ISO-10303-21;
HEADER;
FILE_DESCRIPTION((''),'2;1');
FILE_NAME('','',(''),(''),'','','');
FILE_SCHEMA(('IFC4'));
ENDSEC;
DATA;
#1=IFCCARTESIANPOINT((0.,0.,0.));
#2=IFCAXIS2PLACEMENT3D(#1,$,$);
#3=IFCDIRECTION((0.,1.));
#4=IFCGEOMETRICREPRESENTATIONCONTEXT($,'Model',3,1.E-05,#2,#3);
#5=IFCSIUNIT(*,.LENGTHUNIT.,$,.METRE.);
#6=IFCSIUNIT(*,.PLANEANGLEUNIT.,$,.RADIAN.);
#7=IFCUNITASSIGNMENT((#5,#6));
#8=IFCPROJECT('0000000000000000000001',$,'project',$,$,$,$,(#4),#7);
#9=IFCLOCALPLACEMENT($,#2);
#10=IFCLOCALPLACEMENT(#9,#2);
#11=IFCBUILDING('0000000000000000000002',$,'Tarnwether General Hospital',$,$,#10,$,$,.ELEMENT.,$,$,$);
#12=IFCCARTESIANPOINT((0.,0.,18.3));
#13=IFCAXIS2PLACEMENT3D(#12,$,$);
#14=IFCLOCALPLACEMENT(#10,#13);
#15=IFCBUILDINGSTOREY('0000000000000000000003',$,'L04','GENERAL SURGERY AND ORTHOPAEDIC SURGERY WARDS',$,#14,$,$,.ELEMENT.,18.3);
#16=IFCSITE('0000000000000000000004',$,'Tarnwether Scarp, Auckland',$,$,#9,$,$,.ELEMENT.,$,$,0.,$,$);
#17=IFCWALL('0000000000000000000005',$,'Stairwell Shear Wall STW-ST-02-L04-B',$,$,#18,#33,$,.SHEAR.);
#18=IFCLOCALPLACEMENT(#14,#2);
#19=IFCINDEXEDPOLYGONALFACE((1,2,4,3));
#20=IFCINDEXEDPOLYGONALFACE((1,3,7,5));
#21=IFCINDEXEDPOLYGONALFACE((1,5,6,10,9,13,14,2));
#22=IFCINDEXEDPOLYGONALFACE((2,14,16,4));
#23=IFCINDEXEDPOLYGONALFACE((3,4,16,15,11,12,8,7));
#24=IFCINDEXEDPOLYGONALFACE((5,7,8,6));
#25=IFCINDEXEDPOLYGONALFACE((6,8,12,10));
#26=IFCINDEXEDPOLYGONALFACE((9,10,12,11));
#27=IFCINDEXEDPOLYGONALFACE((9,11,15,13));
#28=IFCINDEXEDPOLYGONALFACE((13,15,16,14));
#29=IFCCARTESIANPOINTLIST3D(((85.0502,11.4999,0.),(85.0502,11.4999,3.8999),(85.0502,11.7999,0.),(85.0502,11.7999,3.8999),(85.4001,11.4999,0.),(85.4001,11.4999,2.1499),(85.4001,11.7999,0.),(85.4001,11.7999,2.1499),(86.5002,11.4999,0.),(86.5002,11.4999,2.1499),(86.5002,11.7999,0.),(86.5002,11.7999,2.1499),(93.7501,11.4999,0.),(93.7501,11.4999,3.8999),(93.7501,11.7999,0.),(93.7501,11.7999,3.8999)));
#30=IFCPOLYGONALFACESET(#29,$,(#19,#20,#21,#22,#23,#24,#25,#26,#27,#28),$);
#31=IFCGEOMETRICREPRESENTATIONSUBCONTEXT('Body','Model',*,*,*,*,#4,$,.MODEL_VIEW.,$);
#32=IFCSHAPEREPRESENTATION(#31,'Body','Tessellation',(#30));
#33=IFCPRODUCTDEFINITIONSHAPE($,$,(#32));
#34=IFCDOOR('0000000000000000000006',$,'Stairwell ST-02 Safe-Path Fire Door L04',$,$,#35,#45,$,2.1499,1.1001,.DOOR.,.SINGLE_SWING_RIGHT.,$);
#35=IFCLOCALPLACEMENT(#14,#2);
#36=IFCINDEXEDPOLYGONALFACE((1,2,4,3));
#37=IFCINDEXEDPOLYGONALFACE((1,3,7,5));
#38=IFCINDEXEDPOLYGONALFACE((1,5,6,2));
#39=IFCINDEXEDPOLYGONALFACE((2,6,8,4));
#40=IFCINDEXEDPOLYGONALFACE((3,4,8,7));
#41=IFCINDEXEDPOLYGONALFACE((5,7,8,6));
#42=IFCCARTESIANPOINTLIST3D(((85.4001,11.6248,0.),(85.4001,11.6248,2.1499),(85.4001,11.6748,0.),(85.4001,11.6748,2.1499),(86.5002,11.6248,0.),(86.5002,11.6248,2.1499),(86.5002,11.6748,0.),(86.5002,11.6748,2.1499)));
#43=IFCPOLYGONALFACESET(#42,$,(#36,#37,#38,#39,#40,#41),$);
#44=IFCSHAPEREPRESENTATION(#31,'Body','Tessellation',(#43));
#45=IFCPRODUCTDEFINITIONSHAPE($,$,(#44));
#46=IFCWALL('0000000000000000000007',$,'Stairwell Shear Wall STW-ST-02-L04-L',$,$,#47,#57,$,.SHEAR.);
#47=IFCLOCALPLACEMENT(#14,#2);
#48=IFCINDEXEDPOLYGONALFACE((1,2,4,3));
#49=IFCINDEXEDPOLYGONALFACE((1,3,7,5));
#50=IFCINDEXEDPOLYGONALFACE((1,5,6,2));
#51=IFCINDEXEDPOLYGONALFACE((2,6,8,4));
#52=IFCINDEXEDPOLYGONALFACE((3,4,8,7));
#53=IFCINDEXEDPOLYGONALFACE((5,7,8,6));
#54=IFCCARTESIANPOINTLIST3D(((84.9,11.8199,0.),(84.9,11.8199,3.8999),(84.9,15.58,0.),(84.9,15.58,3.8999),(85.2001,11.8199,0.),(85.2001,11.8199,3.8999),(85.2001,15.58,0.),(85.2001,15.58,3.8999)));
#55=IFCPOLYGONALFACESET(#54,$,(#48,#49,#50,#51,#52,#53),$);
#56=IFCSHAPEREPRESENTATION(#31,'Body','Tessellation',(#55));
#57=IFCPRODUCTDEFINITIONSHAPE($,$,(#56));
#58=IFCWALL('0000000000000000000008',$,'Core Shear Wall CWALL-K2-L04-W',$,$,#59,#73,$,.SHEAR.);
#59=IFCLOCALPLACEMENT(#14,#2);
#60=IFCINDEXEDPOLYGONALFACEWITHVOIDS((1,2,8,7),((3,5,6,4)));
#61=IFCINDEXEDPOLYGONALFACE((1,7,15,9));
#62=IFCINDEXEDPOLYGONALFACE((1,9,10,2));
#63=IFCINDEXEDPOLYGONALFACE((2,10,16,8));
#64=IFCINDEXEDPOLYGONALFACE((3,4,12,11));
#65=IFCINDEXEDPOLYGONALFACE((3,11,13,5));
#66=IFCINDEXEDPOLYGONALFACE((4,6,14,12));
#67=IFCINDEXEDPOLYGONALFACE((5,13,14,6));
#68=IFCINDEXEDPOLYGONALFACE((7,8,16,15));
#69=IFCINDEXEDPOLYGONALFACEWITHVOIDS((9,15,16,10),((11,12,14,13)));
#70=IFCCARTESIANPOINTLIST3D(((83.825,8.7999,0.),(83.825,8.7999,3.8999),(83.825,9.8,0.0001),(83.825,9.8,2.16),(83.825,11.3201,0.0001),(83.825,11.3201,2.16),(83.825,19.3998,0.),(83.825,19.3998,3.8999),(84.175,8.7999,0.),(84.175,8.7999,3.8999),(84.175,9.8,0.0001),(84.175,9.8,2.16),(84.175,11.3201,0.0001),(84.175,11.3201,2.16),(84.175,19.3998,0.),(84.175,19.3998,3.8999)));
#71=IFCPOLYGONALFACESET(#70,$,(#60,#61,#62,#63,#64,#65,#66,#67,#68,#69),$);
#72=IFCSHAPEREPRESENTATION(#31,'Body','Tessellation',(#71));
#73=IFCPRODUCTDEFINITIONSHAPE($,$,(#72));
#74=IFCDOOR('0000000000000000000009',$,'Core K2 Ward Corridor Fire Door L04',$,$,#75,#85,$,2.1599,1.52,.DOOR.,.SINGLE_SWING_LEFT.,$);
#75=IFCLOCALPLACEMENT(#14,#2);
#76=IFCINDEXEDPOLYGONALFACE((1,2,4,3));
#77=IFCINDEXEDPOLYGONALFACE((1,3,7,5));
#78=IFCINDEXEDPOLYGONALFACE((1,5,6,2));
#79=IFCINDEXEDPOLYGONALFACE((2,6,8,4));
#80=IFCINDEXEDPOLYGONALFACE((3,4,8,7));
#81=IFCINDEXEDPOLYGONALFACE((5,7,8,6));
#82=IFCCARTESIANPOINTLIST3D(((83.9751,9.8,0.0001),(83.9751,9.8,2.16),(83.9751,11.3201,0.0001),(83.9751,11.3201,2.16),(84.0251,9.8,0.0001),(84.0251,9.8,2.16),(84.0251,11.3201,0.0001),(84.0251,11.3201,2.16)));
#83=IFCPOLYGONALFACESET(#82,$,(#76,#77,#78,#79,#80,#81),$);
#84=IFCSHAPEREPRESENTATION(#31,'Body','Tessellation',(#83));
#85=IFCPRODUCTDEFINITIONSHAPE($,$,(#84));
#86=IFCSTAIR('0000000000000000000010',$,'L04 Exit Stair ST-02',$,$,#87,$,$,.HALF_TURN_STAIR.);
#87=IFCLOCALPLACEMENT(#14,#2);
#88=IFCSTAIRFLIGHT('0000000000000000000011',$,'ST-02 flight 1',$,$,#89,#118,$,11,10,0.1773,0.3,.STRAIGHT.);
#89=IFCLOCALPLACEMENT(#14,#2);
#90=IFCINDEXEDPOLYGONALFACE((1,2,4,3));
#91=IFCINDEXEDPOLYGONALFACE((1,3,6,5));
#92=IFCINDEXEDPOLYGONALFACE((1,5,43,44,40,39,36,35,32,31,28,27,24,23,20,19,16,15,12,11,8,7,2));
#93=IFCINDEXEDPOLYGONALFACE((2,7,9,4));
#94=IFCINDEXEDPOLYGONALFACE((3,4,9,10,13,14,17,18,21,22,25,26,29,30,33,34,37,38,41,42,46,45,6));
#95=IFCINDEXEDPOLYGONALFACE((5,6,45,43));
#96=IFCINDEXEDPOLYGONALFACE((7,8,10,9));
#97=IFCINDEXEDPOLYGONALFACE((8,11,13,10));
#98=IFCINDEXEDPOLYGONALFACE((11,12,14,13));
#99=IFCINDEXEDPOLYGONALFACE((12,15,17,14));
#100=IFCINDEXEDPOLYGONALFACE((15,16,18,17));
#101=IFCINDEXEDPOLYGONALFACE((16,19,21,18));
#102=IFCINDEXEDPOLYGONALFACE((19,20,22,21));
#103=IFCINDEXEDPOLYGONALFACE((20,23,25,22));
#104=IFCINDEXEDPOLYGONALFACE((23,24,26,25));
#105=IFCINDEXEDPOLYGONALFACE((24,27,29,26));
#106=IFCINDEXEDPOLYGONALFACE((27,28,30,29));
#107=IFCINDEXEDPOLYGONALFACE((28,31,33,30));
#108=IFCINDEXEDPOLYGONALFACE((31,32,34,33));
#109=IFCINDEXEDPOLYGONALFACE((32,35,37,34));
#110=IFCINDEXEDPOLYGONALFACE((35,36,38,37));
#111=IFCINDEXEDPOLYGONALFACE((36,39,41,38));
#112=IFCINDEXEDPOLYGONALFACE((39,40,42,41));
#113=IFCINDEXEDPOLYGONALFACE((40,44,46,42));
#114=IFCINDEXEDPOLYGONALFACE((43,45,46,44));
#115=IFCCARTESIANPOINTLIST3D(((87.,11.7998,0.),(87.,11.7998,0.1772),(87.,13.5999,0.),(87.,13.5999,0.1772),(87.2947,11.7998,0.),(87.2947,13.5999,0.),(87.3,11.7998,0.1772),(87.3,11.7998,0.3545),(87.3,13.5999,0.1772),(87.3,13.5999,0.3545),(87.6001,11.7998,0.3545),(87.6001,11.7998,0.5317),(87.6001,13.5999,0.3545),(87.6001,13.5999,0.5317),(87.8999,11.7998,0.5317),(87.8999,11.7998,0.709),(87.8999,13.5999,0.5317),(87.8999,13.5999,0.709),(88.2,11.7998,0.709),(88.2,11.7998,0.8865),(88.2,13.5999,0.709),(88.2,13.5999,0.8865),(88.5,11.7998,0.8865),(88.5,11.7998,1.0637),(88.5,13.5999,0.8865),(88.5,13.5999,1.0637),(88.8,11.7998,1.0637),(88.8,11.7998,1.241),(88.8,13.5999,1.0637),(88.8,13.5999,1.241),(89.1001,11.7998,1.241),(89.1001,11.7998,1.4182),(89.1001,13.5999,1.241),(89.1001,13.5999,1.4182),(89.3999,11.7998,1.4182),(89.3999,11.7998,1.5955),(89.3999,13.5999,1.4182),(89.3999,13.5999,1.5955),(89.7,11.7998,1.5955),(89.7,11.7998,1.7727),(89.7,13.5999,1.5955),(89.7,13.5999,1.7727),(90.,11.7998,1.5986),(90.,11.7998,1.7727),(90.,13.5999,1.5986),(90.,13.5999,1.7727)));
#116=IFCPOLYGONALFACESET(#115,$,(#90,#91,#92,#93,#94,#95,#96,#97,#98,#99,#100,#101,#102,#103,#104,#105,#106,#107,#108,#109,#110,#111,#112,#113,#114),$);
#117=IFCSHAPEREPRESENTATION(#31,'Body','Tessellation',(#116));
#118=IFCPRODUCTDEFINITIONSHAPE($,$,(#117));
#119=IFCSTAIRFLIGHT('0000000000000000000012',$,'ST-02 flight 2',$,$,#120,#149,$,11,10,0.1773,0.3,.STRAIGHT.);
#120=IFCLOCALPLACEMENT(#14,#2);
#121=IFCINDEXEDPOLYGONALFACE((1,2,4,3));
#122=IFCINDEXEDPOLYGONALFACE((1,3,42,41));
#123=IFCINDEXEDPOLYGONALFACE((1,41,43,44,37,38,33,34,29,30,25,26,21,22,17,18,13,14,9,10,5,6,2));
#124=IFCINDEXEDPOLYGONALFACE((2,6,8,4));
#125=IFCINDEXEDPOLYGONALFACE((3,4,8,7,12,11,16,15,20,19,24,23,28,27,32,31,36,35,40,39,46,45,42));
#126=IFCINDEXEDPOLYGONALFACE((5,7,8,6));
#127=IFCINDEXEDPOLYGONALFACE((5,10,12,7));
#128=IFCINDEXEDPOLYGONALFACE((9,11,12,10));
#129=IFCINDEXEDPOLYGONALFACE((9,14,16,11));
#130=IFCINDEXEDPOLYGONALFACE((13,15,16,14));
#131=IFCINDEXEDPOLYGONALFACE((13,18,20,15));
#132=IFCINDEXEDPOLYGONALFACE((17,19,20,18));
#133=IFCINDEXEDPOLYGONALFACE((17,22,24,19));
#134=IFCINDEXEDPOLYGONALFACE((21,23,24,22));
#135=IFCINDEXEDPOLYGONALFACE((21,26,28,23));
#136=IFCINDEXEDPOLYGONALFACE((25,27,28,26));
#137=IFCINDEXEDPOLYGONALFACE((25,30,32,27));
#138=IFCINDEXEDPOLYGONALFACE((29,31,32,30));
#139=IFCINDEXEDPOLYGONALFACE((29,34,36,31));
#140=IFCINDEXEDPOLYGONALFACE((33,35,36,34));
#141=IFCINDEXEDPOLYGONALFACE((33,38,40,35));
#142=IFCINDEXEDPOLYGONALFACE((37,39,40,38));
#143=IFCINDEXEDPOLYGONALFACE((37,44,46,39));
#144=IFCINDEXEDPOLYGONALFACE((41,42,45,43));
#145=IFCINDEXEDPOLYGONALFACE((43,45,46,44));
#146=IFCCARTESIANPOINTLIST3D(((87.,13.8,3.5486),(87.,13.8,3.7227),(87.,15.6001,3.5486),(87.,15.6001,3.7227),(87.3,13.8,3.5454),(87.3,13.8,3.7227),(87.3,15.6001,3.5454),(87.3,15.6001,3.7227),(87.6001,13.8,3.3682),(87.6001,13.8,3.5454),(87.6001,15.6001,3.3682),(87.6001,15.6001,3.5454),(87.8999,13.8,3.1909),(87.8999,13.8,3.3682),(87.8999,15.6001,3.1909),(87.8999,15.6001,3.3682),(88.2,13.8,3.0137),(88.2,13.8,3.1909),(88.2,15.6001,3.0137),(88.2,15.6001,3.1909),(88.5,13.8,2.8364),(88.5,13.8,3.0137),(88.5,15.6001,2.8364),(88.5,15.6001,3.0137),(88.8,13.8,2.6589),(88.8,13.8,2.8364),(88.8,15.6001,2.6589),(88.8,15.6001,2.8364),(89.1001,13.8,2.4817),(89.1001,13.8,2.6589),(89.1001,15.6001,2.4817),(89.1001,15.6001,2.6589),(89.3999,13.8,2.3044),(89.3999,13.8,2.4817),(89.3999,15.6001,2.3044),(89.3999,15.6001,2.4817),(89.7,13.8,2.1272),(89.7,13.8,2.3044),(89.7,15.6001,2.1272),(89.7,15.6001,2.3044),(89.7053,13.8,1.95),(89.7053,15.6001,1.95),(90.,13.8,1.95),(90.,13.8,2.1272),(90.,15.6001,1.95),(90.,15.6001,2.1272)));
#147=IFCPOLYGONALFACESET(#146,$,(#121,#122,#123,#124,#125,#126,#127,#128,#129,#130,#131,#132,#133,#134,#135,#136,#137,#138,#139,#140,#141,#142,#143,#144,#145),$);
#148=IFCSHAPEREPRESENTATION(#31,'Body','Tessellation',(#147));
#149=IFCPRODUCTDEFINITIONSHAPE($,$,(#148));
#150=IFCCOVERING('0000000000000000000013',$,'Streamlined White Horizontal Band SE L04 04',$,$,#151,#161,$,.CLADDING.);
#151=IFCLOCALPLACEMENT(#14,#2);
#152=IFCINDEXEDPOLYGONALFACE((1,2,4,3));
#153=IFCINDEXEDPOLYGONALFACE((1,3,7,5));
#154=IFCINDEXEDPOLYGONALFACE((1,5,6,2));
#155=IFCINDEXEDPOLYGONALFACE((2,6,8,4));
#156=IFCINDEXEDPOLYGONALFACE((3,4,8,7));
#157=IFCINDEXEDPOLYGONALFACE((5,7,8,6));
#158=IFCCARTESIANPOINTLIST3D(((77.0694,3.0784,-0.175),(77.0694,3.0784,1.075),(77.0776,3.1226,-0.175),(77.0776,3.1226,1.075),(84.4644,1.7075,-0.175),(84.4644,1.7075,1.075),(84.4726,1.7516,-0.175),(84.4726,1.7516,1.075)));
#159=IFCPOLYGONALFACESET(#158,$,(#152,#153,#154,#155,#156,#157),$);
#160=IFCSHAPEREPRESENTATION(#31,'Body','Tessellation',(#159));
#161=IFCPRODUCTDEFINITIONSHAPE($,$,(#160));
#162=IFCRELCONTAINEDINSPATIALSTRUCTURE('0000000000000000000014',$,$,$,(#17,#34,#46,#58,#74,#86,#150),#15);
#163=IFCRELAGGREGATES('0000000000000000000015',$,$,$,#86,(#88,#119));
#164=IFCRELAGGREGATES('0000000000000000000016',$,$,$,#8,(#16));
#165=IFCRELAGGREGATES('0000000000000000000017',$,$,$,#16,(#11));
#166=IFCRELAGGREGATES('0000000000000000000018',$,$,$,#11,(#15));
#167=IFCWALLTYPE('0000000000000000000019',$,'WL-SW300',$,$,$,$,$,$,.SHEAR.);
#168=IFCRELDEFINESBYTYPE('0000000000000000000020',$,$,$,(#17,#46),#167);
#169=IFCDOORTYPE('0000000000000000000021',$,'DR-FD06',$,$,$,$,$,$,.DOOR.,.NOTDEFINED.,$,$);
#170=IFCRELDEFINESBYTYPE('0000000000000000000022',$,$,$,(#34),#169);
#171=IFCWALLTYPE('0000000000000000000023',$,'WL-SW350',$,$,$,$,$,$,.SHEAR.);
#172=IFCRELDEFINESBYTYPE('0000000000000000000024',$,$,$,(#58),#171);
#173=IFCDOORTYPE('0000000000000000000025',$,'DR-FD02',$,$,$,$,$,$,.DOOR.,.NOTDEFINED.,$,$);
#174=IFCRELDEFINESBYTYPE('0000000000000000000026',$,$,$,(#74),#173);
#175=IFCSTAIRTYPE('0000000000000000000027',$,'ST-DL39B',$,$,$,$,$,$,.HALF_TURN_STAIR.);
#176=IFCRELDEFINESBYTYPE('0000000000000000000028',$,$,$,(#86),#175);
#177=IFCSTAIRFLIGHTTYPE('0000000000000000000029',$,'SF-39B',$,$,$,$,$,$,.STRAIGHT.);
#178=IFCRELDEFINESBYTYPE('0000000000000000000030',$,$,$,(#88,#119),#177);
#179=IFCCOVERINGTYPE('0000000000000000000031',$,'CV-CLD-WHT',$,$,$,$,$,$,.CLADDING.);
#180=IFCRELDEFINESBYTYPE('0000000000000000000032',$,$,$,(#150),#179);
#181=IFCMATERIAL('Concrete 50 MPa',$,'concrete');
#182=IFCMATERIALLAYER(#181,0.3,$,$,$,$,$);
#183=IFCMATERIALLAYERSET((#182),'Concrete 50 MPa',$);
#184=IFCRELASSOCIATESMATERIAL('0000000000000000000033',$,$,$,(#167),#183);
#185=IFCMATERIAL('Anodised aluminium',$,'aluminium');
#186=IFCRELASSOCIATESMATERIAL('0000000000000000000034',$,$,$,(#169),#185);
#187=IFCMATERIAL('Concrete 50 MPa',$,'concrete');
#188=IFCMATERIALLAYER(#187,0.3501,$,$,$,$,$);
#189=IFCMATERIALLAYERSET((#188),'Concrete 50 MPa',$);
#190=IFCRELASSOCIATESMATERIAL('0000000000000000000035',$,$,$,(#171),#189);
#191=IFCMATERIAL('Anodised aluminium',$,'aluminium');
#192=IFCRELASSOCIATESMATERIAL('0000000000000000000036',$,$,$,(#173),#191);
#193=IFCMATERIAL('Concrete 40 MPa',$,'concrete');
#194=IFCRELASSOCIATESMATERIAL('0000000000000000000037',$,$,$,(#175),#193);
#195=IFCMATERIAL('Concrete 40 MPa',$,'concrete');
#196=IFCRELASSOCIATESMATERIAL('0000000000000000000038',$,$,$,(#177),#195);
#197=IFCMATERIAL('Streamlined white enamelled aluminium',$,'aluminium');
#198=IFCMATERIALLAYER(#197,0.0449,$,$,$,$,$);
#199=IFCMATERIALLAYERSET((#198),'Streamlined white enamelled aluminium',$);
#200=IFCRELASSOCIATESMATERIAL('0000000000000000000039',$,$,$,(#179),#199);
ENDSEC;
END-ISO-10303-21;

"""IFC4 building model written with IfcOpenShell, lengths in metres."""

from ifc_helpers import new_model, si_unit, direction, frame, frame_2d, origin, origin_2d, place, context, subcontext, project, spatial, polyline, rectangle, outline, extrude, material, layer, layer_set, type_object, element, fill, aggregate, save


model = new_model("IFC4")

# Units and contexts
model_context = context("Model", 3, precision=1e-05, world=origin(), true_north=direction((0.0, 1.0)))
body_context = subcontext(model_context, "Body", "Model", "MODEL_VIEW")
ifc_project = project(units=[si_unit("LENGTHUNIT", "METRE"), si_unit("PLANEANGLEUNIT", "RADIAN")], contexts=[model_context])

# Site, building, storey
site_placement = place(None, origin())
site = spatial("IfcSite", under=ifc_project, at=site_placement, Name="Tarnwether Scarp, Auckland", CompositionType="ELEMENT", RefElevation=0.0)
building_placement = place(site_placement, origin())
building = spatial("IfcBuilding", under=site, at=building_placement, Name="Tarnwether General Hospital", CompositionType="ELEMENT")
storey_placement = place(building_placement, frame((0.0, 0.0, 18.3)))
storey = spatial("IfcBuildingStorey", under=building, at=storey_placement, Name="L04", Description="GENERAL SURGERY AND ORTHOPAEDIC SURGERY WARDS", CompositionType="ELEMENT", Elevation=18.3)

# Wall, opening, door
ifc_material_1 = material(Name="Concrete 50 MPa", Category="concrete")
ifc_layer_1 = layer(ifc_material_1, 0.3)
ifc_layer_set_1 = layer_set([ifc_layer_1], Name="Concrete 50 MPa")
wall_type_1 = type_object("IfcWallType", Name="WL-SW300", PredefinedType="SHEAR", material=ifc_layer_set_1)
wall_1_placement = place(storey_placement, frame((85.05, 11.6499, 0.0), z_axis=(0.0, 0.0, 1.0), x_axis=(1.0, 0.0, 0.0)))
wall_1 = element("IfcWall", 1, at=wall_1_placement, inside=storey, type_object=wall_type_1, Name="Stairwell Shear Wall STW-ST-02-L04-B", PredefinedType="SHEAR", context=body_context, shape_type="SweptSolid", body=[
    extrude(rectangle(XDim=8.7, YDim=0.3, at=frame_2d((4.3501, 0.0))), origin(), (0.0, 0.0, 1.0), 3.8999),
])
opening_1_placement = place(wall_1_placement, frame((0.3501, 0.0, 0.0)))
opening_1 = element("IfcOpeningElement", 2, at=opening_1_placement, cuts=wall_1, PredefinedType="OPENING", context=body_context, shape_type="SweptSolid", body=[
    extrude(rectangle(XDim=1.1001, YDim=2.1499, at=frame_2d((0.55, 1.075))), frame((0.0, 0.1602, 0.0), z_axis=(0.0, -1.0, 0.0), x_axis=(1.0, 0.0, 0.0)), (0.0, 0.0, 1.0), 0.3201),
])
ifc_material_2 = material(Name="Anodised aluminium", Category="aluminium")
door_type_1 = type_object("IfcDoorType", Name="DR-FD06", OperationType="NOTDEFINED", PredefinedType="DOOR", material=ifc_material_2)
door_1_placement = place(opening_1_placement, origin())
door_1 = element("IfcDoor", 3, at=door_1_placement, inside=storey, type_object=door_type_1, Name="Stairwell ST-02 Safe-Path Fire Door L04", OperationType="SINGLE_SWING_RIGHT", OverallHeight=2.1499, OverallWidth=1.1001, PredefinedType="DOOR", context=body_context, shape_type="SweptSolid", body=[
    extrude(rectangle(XDim=1.1001, YDim=2.1499, at=frame_2d((0.55, 1.075))), frame((0.0, 0.0249, 0.0), z_axis=(0.0, -1.0, 0.0), x_axis=(1.0, 0.0, 0.0)), (0.0, 0.0, 1.0), 0.05),
])
fill(opening_1, door_1)

# Wall
wall_2_placement = place(storey_placement, frame((85.05, 11.8201, 0.0), z_axis=(0.0, 0.0, 1.0), x_axis=(0.0, 1.0, 0.0)))
element("IfcWall", 4, at=wall_2_placement, inside=storey, type_object=wall_type_1, Name="Stairwell Shear Wall STW-ST-02-L04-L", PredefinedType="SHEAR", context=body_context, shape_type="SweptSolid", body=[
    extrude(rectangle(XDim=3.76, YDim=0.3, at=frame_2d((1.8799, 0.0))), origin(), (0.0, 0.0, 1.0), 3.8999),
])

# Wall, opening, door
ifc_material_3 = material(Name="Concrete 50 MPa", Category="concrete")
ifc_layer_2 = layer(ifc_material_3, 0.3501)
ifc_layer_set_2 = layer_set([ifc_layer_2], Name="Concrete 50 MPa")
wall_type_2 = type_object("IfcWallType", Name="WL-SW350", PredefinedType="SHEAR", material=ifc_layer_set_2)
wall_3_placement = place(storey_placement, frame((84.0, 8.8, 0.0), z_axis=(0.0, 0.0, 1.0), x_axis=(0.0, 1.0, 0.0)))
wall_3 = element("IfcWall", 5, at=wall_3_placement, inside=storey, type_object=wall_type_2, Name="Core Shear Wall CWALL-K2-L04-W", PredefinedType="SHEAR", context=body_context, shape_type="SweptSolid", body=[
    extrude(rectangle(XDim=10.5999, YDim=0.3501, at=frame_2d((5.2998, 0.0))), origin(), (0.0, 0.0, 1.0), 3.8999),
])
opening_2_placement = place(wall_3_placement, frame((1.0, 0.0, 0.0)))
opening_2 = element("IfcOpeningElement", 6, at=opening_2_placement, cuts=wall_3, PredefinedType="OPENING", context=body_context, shape_type="SweptSolid", body=[
    extrude(rectangle(XDim=1.52, YDim=2.1599, at=frame_2d((0.76, 1.0801))), frame((0.0, 0.1851, 0.0), z_axis=(0.0, -1.0, 0.0), x_axis=(1.0, 0.0, 0.0)), (0.0, 0.0, 1.0), 0.3701),
])
ifc_material_4 = material(Name="Anodised aluminium", Category="aluminium")
door_type_2 = type_object("IfcDoorType", Name="DR-FD02", OperationType="NOTDEFINED", PredefinedType="DOOR", material=ifc_material_4)
door_2_placement = place(opening_2_placement, origin())
door_2 = element("IfcDoor", 7, at=door_2_placement, inside=storey, type_object=door_type_2, Name="Core K2 Ward Corridor Fire Door L04", OperationType="SINGLE_SWING_LEFT", OverallHeight=2.1599, OverallWidth=1.52, PredefinedType="DOOR", context=body_context, shape_type="SweptSolid", body=[
    extrude(rectangle(XDim=1.52, YDim=2.1599, at=frame_2d((0.76, 1.0801))), frame((0.0, 0.0249, 0.0), z_axis=(0.0, -1.0, 0.0), x_axis=(1.0, 0.0, 0.0)), (0.0, 0.0, 1.0), 0.05),
])
fill(opening_2, door_2)

# Stair, stair flights
ifc_material_5 = material(Name="Concrete 40 MPa", Category="concrete")
stair_type = type_object("IfcStairType", Name="ST-DL39B", PredefinedType="HALF_TURN_STAIR", material=ifc_material_5)
stair_placement = place(storey_placement, origin())
stair = element("IfcStair", 8, at=stair_placement, inside=storey, type_object=stair_type, Name="L04 Exit Stair ST-02", PredefinedType="HALF_TURN_STAIR")
ifc_material_6 = material(Name="Concrete 40 MPa", Category="concrete")
stair_flight_type = type_object("IfcStairFlightType", Name="SF-39B", PredefinedType="STRAIGHT", material=ifc_material_6)
stair_flight_1_placement = place(storey_placement, frame((87.0, 12.7, 0.0), z_axis=(0.0, 0.0, 1.0), x_axis=(1.0, 0.0, 0.0)))
stair_flight_1 = element("IfcStairFlight", 9, at=stair_flight_1_placement, type_object=stair_flight_type, Name="ST-02 flight 1", NumberOfRisers=11, NumberOfTreads=10, PredefinedType="STRAIGHT", RiserHeight=0.1773, TreadLength=0.3, context=body_context, shape_type="SweptSolid", body=[
    extrude(outline(polyline([(0.0, 0.0), (0.0, 0.1772), (0.3, 0.1772), (0.3, 0.3545), (0.6001, 0.3545), (0.6001, 0.5317), (0.8999, 0.5317), (0.8999, 0.709), (1.2, 0.709), (1.2, 0.8865), (1.5, 0.8865), (1.5, 1.0637), (1.8, 1.0637), (1.8, 1.241), (2.1001, 1.241), (2.1001, 1.4182), (2.3999, 1.4182), (2.3999, 1.5955), (2.7, 1.5955), (2.7, 1.7727), (3.0, 1.7727), (3.0, 1.95), (3.0, 1.5986), (0.2947, 0.0), (0.0, 0.0)])), frame((0.0, 0.8999, 0.0), z_axis=(0.0, -1.0, 0.0), x_axis=(1.0, 0.0, 0.0)), (0.0, 0.0, 1.0), 1.8),
])
stair_flight_2_placement = place(storey_placement, frame((90.0, 14.7, 1.95), z_axis=(0.0, 0.0, 1.0), x_axis=(-1.0, 0.0, 0.0)))
stair_flight_2 = element("IfcStairFlight", 10, at=stair_flight_2_placement, type_object=stair_flight_type, Name="ST-02 flight 2", NumberOfRisers=11, NumberOfTreads=10, PredefinedType="STRAIGHT", RiserHeight=0.1773, TreadLength=0.3, context=body_context, shape_type="SweptSolid", body=[
    extrude(outline(polyline([(0.0, 0.0), (0.0, 0.1772), (0.3, 0.1772), (0.3, 0.3545), (0.6001, 0.3545), (0.6001, 0.5317), (0.8999, 0.5317), (0.8999, 0.709), (1.2, 0.709), (1.2, 0.8865), (1.5, 0.8865), (1.5, 1.0637), (1.8, 1.0637), (1.8, 1.241), (2.1001, 1.241), (2.1001, 1.4182), (2.3999, 1.4182), (2.3999, 1.5955), (2.7, 1.5955), (2.7, 1.7727), (3.0, 1.7727), (3.0, 1.95), (3.0, 1.5986), (0.2947, 0.0), (0.0, 0.0)])), frame((0.0, 0.8999, 0.0), z_axis=(0.0, -1.0, 0.0), x_axis=(1.0, 0.0, 0.0)), (0.0, 0.0, 1.0), 1.8),
])
aggregate(stair, [stair_flight_1, stair_flight_2])

# Covering
ifc_material_7 = material(Name="Streamlined white enamelled aluminium", Category="aluminium")
ifc_layer_3 = layer(ifc_material_7, 0.0449)
ifc_layer_set_3 = layer_set([ifc_layer_3], Name="Streamlined white enamelled aluminium")
covering_type = type_object("IfcCoveringType", Name="CV-CLD-WHT", PredefinedType="CLADDING", material=ifc_layer_set_3)
covering_placement = place(storey_placement, frame((80.771, 2.415, -0.175), z_axis=(0.0, 0.0, 1.0), x_axis=(-0.983245, 0.182287, 0.0)))
element("IfcCovering", 11, at=covering_placement, inside=storey, type_object=covering_type, Name="Streamlined White Horizontal Band SE L04 04", PredefinedType="CLADDING", context=body_context, shape_type="SweptSolid", body=[
    extrude(rectangle(XDim=7.521, YDim=0.0449, at=origin_2d()), origin(), (0.0, 0.0, 1.0), 1.25),
])

save(model, "model.ifc")
